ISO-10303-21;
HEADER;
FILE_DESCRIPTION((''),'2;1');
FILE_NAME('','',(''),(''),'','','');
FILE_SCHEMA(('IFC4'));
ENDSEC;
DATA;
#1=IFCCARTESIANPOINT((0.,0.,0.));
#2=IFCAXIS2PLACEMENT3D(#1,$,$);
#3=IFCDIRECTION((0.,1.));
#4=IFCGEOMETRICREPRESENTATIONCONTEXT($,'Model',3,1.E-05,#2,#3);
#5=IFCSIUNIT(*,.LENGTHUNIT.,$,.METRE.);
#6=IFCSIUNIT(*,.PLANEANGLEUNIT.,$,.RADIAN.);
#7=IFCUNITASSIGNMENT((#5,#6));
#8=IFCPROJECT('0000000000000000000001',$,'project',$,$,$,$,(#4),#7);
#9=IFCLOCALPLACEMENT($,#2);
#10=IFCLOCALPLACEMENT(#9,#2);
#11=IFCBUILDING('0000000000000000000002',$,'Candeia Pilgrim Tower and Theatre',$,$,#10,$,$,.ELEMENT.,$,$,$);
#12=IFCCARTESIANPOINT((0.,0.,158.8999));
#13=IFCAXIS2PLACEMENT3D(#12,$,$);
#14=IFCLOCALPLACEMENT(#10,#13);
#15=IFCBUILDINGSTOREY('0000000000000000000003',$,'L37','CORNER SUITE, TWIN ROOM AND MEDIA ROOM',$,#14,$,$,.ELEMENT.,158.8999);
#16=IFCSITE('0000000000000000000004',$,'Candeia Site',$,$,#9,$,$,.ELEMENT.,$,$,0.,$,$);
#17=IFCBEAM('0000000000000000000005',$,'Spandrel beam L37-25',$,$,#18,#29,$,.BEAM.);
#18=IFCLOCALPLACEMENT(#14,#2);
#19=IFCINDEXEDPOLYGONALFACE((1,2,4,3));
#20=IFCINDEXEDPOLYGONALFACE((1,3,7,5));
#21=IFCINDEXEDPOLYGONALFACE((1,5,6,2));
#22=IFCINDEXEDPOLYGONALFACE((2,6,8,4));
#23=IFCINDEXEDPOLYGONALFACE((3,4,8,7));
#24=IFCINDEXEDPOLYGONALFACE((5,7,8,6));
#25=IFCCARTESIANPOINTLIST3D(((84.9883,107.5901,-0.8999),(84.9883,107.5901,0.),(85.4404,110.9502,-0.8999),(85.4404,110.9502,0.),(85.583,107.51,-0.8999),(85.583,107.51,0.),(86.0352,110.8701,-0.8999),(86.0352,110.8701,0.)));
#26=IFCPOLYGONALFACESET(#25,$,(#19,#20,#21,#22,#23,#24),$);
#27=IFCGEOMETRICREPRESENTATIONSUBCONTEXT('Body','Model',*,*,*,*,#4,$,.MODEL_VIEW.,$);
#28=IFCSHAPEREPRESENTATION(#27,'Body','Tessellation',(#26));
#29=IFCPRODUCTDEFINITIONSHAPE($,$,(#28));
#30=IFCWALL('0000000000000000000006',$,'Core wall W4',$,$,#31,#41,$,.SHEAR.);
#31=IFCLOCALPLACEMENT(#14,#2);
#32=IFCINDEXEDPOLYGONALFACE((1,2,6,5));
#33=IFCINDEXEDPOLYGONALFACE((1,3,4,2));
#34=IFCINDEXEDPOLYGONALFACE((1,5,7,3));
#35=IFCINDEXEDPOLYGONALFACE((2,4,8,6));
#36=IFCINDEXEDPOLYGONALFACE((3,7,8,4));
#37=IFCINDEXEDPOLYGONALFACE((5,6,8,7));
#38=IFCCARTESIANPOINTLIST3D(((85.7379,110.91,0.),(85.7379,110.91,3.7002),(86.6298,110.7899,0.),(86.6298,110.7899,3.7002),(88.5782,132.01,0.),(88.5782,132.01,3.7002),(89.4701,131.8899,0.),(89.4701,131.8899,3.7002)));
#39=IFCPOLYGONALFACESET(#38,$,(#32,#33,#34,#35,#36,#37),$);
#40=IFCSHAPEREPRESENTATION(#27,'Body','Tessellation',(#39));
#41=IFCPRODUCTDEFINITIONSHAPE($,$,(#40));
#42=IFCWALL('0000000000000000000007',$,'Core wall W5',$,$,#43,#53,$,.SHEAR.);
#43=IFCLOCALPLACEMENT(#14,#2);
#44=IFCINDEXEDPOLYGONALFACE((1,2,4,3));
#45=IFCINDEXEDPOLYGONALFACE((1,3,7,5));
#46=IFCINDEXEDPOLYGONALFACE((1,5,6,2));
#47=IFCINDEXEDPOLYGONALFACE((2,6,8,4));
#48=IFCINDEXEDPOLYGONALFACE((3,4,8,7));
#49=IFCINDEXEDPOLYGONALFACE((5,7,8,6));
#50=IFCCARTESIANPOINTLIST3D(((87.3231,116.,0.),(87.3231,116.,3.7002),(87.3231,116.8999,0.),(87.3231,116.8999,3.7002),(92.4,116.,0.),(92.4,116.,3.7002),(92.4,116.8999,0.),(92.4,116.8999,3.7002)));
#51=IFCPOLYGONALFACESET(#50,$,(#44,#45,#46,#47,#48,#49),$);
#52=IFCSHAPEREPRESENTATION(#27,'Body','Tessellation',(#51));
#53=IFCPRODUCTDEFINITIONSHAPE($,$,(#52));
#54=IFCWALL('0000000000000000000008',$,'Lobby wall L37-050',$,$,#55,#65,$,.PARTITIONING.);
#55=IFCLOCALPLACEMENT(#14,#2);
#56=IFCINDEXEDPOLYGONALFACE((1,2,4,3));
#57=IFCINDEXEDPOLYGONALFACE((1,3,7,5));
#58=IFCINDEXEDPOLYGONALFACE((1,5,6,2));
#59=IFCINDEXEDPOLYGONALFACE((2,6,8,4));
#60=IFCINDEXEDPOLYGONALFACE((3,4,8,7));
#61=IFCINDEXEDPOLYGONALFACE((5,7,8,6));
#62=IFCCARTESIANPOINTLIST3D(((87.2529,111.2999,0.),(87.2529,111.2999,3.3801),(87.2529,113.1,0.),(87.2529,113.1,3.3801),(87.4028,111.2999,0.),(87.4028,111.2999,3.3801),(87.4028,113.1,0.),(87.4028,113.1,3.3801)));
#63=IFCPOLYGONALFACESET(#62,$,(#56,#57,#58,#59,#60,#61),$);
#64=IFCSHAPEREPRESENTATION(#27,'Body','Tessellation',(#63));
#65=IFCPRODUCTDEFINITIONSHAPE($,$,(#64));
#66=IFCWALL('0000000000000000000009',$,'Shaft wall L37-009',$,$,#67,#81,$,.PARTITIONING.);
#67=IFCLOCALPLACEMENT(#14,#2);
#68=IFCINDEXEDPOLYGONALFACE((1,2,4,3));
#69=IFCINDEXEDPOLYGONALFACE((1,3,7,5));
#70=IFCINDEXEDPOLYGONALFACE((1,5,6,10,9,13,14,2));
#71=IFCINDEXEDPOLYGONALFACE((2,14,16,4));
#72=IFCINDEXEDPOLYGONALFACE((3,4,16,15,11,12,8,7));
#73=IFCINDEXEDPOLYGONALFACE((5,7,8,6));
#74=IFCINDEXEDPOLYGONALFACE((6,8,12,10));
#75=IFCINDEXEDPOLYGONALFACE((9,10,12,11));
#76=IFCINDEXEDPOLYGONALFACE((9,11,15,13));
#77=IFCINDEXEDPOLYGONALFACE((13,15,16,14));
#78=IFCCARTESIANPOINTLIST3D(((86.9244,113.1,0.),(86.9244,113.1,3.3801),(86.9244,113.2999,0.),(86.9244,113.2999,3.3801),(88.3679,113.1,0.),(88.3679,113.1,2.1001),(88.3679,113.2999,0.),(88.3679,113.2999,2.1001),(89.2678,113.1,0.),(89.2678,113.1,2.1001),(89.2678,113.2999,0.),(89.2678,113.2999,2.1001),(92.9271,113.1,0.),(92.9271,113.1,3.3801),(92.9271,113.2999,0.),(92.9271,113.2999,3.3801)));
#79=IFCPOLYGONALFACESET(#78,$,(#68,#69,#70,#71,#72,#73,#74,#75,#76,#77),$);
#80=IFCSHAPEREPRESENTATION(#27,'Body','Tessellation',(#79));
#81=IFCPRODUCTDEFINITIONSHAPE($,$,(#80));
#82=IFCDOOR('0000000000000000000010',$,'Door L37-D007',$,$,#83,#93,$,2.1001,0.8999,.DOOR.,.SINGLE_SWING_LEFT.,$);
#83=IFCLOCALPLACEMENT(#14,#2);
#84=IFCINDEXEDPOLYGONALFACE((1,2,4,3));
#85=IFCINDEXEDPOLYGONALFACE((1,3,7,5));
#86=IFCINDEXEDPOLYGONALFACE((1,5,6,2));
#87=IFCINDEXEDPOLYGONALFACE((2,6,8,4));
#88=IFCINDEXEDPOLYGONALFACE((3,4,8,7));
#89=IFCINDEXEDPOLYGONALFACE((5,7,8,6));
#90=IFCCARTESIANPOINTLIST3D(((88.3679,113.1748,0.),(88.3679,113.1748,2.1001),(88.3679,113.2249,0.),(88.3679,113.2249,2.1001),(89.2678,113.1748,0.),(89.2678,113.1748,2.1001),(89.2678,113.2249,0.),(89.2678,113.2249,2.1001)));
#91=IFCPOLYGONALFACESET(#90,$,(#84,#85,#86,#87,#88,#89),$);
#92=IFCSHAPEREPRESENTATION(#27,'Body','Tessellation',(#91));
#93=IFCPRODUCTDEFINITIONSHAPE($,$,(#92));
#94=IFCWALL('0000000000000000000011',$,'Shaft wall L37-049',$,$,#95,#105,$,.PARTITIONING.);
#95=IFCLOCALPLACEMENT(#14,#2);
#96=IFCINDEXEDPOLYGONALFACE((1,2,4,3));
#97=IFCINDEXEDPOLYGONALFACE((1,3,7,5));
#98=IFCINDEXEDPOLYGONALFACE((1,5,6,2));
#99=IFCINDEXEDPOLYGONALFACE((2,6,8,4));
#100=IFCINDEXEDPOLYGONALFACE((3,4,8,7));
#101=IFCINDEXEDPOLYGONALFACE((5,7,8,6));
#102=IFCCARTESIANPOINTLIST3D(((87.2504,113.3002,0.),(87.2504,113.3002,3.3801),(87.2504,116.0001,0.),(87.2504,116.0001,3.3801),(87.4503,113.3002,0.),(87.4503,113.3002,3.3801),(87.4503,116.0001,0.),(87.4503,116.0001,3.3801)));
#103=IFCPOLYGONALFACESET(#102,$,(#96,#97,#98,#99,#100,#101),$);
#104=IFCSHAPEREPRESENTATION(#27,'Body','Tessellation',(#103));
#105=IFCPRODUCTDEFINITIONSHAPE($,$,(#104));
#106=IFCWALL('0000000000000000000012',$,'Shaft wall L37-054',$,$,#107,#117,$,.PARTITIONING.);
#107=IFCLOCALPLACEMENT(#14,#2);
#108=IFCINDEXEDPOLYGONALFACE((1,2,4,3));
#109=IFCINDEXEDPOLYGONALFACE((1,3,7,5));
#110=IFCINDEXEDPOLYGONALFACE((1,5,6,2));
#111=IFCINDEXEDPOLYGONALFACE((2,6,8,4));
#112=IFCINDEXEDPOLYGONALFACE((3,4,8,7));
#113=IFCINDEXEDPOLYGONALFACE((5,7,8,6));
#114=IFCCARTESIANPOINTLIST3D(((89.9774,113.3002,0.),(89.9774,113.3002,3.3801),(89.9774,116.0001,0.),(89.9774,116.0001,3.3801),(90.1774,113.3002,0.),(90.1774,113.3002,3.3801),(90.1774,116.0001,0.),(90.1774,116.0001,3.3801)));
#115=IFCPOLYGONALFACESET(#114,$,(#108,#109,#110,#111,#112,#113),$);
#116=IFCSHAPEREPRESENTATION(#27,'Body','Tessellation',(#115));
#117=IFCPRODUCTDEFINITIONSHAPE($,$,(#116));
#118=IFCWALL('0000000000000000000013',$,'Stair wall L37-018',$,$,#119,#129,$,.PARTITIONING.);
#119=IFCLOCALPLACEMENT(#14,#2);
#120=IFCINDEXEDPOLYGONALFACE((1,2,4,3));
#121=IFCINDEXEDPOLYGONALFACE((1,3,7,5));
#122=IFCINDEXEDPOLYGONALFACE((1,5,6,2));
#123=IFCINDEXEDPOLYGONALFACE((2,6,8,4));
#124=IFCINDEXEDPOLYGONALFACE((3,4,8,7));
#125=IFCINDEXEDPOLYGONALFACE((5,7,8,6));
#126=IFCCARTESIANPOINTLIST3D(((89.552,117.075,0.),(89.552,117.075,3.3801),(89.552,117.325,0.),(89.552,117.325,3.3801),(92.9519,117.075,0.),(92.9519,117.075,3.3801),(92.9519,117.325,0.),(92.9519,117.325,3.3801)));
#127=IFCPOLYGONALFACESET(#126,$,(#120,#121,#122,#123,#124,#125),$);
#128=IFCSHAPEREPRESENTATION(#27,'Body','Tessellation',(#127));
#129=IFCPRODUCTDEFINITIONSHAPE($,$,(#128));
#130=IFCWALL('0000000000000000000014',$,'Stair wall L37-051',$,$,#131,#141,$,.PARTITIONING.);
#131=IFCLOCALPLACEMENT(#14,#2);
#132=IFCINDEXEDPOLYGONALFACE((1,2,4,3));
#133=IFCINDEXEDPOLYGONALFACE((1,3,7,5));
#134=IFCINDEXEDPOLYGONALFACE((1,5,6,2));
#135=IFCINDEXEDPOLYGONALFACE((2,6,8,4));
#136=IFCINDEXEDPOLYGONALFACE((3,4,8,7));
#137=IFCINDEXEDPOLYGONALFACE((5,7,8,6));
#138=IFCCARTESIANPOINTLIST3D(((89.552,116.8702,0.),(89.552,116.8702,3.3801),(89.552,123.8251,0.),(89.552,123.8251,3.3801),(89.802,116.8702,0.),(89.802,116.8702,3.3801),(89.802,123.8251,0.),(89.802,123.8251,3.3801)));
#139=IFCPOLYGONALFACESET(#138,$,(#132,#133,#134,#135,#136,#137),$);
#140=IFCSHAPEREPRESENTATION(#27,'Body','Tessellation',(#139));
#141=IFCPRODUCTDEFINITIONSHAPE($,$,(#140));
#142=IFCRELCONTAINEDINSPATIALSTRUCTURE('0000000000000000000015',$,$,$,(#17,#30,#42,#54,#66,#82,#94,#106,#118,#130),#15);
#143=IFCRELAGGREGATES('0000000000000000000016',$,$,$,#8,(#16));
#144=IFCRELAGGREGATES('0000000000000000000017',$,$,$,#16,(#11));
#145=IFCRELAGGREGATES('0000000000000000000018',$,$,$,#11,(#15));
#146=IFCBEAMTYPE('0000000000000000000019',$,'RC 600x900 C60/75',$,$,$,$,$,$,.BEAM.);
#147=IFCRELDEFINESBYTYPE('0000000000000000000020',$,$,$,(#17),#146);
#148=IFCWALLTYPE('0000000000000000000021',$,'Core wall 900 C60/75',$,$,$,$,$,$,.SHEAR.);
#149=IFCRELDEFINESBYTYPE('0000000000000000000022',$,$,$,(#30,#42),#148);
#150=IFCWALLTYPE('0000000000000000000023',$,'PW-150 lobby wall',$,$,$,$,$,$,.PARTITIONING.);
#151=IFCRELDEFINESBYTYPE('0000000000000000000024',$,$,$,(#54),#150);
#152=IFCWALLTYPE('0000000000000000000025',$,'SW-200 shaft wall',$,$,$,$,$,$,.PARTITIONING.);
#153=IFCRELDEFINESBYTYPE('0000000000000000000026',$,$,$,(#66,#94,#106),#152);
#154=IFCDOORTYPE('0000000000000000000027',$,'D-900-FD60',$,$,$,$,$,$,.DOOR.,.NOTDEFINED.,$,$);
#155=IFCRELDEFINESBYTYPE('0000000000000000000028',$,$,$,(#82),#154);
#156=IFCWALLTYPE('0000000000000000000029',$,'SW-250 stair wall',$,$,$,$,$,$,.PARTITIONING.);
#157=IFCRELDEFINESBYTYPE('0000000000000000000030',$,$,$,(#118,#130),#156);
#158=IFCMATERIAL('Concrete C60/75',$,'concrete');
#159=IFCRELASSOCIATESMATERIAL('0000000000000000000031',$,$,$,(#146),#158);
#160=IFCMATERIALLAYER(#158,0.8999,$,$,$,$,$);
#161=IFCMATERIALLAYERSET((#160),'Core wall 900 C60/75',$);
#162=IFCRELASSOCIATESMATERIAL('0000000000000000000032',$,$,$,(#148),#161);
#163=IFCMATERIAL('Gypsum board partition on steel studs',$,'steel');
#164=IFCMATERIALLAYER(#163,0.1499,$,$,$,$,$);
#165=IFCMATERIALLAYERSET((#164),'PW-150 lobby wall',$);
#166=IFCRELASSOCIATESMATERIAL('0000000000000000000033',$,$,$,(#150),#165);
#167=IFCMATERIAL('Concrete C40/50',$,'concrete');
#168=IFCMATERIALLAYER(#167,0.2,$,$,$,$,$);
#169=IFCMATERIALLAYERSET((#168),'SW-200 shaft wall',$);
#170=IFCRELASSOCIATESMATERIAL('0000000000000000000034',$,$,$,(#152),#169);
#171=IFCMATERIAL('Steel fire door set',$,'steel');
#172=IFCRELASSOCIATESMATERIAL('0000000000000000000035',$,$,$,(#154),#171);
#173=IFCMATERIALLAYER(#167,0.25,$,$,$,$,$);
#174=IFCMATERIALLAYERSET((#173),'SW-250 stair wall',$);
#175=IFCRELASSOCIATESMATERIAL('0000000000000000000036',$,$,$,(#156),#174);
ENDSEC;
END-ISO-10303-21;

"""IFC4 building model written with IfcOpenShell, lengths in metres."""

from ifc_helpers import new_model, si_unit, direction, frame, frame_2d, origin, origin_2d, place, context, subcontext, project, spatial, rectangle, extrude, material, layer, layer_set, material_profile, profile_set, type_object, element, fill, save


model = new_model("IFC4")

# Units and contexts
model_context = context("Model", 3, precision=1e-05, world=origin(), true_north=direction((0.0, 1.0)))
body_context = subcontext(model_context, "Body", "Model", "MODEL_VIEW")
ifc_project = project(units=[si_unit("LENGTHUNIT", "METRE"), si_unit("PLANEANGLEUNIT", "RADIAN")], contexts=[model_context])

# Site, building, storey
site_placement = place(None, origin())
site = spatial("IfcSite", under=ifc_project, at=site_placement, Name="Candeia Site", CompositionType="ELEMENT", RefElevation=0.0)
building_placement = place(site_placement, origin())
building = spatial("IfcBuilding", under=site, at=building_placement, Name="Candeia Pilgrim Tower and Theatre", CompositionType="ELEMENT")
storey_placement = place(building_placement, frame((0.0, 0.0, 158.8999)))
storey = spatial("IfcBuildingStorey", under=building, at=storey_placement, Name="L37", Description="CORNER SUITE, TWIN ROOM AND MEDIA ROOM", CompositionType="ELEMENT", Elevation=158.8999)

# Beam
ifc_material_1 = material(Name="Concrete C60/75", Category="concrete")
ifc_material_profile = material_profile(ifc_material_1, rectangle(XDim=0.6001, YDim=0.8999, at=origin_2d()))
ifc_profile_set = profile_set([ifc_material_profile], Name="Concrete C60/75")
beam_type = type_object("IfcBeamType", Name="RC 600x900 C60/75", PredefinedType="BEAM", material=ifc_profile_set)
beam_placement = place(storey_placement, frame((85.7378, 110.9102, -0.45), z_axis=(-0.133362, -0.991067, 0.0), x_axis=(0.991067, -0.133362, 0.0)))
element("IfcBeam", 1, at=beam_placement, inside=storey, type_object=beam_type, Name="Spandrel beam L37-25", PredefinedType="BEAM", context=body_context, shape_type="SweptSolid", body=[
    extrude(rectangle(XDim=0.6001, YDim=0.8999, at=origin_2d()), origin(), (0.0, 0.0, 1.0), 3.3904),
])

# Walls
ifc_layer_1 = layer(ifc_material_1, 0.8999)
ifc_layer_set_1 = layer_set([ifc_layer_1], Name="Core wall 900 C60/75")
wall_type_1 = type_object("IfcWallType", Name="Core wall 900 C60/75", PredefinedType="SHEAR", material=ifc_layer_set_1)
wall_1_placement = place(storey_placement, frame((86.1838, 110.8501, 0.0), z_axis=(0.0, 0.0, 1.0), x_axis=(0.13341, 0.991061, 0.0)))
element("IfcWall", 2, at=wall_1_placement, inside=storey, type_object=wall_type_1, Name="Core wall W4", PredefinedType="SHEAR", context=body_context, shape_type="SweptSolid", body=[
    extrude(rectangle(XDim=21.2903, YDim=0.8999, at=frame_2d((10.645, 0.0))), origin(), (0.0, 0.0, 1.0), 3.7002),
])
wall_2_placement = place(storey_placement, frame((87.323, 116.45, 0.0), z_axis=(0.0, 0.0, 1.0), x_axis=(1.0, 0.0, 0.0)))
element("IfcWall", 3, at=wall_2_placement, inside=storey, type_object=wall_type_1, Name="Core wall W5", PredefinedType="SHEAR", context=body_context, shape_type="SweptSolid", body=[
    extrude(rectangle(XDim=5.0769, YDim=0.8999, at=frame_2d((2.5386, 0.0))), origin(), (0.0, 0.0, 1.0), 3.7002),
])
ifc_material_2 = material(Name="Gypsum board partition on steel studs", Category="steel")
ifc_layer_2 = layer(ifc_material_2, 0.1499)
ifc_layer_set_2 = layer_set([ifc_layer_2], Name="PW-150 lobby wall")
wall_type_2 = type_object("IfcWallType", Name="PW-150 lobby wall", PredefinedType="PARTITIONING", material=ifc_layer_set_2)
wall_3_placement = place(storey_placement, frame((87.3279, 111.3, 0.0), z_axis=(0.0, 0.0, 1.0), x_axis=(0.0, 1.0, 0.0)))
element("IfcWall", 4, at=wall_3_placement, inside=storey, type_object=wall_type_2, Name="Lobby wall L37-050", PredefinedType="PARTITIONING", context=body_context, shape_type="SweptSolid", body=[
    extrude(rectangle(XDim=1.8, YDim=0.1499, at=frame_2d((0.8999, 0.0))), origin(), (0.0, 0.0, 1.0), 3.3801),
])

# Wall, opening, door
ifc_material_3 = material(Name="Concrete C40/50", Category="concrete")
ifc_layer_3 = layer(ifc_material_3, 0.2)
ifc_layer_set_3 = layer_set([ifc_layer_3], Name="SW-200 shaft wall")
wall_type_3 = type_object("IfcWallType", Name="SW-200 shaft wall", PredefinedType="PARTITIONING", material=ifc_layer_set_3)
wall_4_placement = place(storey_placement, frame((86.9243, 113.2, 0.0), z_axis=(0.0, 0.0, 1.0), x_axis=(1.0, 0.0, 0.0)))
wall_4 = element("IfcWall", 5, at=wall_4_placement, inside=storey, type_object=wall_type_3, Name="Shaft wall L37-009", PredefinedType="PARTITIONING", context=body_context, shape_type="SweptSolid", body=[
    extrude(rectangle(XDim=6.0027, YDim=0.2, at=frame_2d((3.0015, 0.0))), origin(), (0.0, 0.0, 1.0), 3.3801),
])
opening_placement = place(wall_4_placement, frame((1.4436, 0.0, 0.0)))
opening = element("IfcOpeningElement", 6, at=opening_placement, cuts=wall_4, PredefinedType="OPENING", context=body_context, shape_type="SweptSolid", body=[
    extrude(rectangle(XDim=0.8999, YDim=2.1001, at=frame_2d((0.45, 1.05))), frame((0.0, 0.1099, 0.0), z_axis=(0.0, -1.0, 0.0), x_axis=(1.0, 0.0, 0.0)), (0.0, 0.0, 1.0), 0.22),
])
ifc_material_4 = material(Name="Steel fire door set", Category="steel")
door_type = type_object("IfcDoorType", Name="D-900-FD60", OperationType="NOTDEFINED", PredefinedType="DOOR", material=ifc_material_4)
door_placement = place(opening_placement, origin())
door = element("IfcDoor", 7, at=door_placement, inside=storey, type_object=door_type, Name="Door L37-D007", OperationType="SINGLE_SWING_LEFT", OverallHeight=2.1001, OverallWidth=0.8999, PredefinedType="DOOR", context=body_context, shape_type="SweptSolid", body=[
    extrude(rectangle(XDim=0.8999, YDim=2.1001, at=frame_2d((0.45, 1.05))), frame((0.0, 0.0249, 0.0), z_axis=(0.0, -1.0, 0.0), x_axis=(1.0, 0.0, 0.0)), (0.0, 0.0, 1.0), 0.05),
])
fill(opening, door)

# Walls
for number, where, z_axis, x_axis, name in (
    (8, (87.3503, 113.3, 0.0), (0.0, 0.0, 1.0), (0.0, 1.0, 0.0), "Shaft wall L37-049"),
    (9, (90.0774, 113.3, 0.0), (0.0, 0.0, 1.0), (0.0, 1.0, 0.0), "Shaft wall L37-054"),
):
    element("IfcWall", number, at=place(storey_placement, frame(where, z_axis=z_axis, x_axis=x_axis)), inside=storey, type_object=wall_type_3, Name=name, PredefinedType="PARTITIONING", context=body_context, shape_type="SweptSolid", body=[
        extrude(rectangle(XDim=2.7, YDim=0.2, at=frame_2d((1.3501, 0.0))), origin(), (0.0, 0.0, 1.0), 3.3801),
    ])
ifc_layer_4 = layer(ifc_material_3, 0.25)
ifc_layer_set_4 = layer_set([ifc_layer_4], Name="SW-250 stair wall")
wall_type_4 = type_object("IfcWallType", Name="SW-250 stair wall", PredefinedType="PARTITIONING", material=ifc_layer_set_4)
wall_5_placement = place(storey_placement, frame((89.552, 117.2, 0.0), z_axis=(0.0, 0.0, 1.0), x_axis=(1.0, 0.0, 0.0)))
element("IfcWall", 10, at=wall_5_placement, inside=storey, type_object=wall_type_4, Name="Stair wall L37-018", PredefinedType="PARTITIONING", context=body_context, shape_type="SweptSolid", body=[
    extrude(rectangle(XDim=3.3999, YDim=0.25, at=frame_2d((1.7, 0.0))), origin(), (0.0, 0.0, 1.0), 3.3801),
])
wall_6_placement = place(storey_placement, frame((89.677, 116.8701, 0.0), z_axis=(0.0, 0.0, 1.0), x_axis=(0.0, 1.0, 0.0)))
element("IfcWall", 11, at=wall_6_placement, inside=storey, type_object=wall_type_4, Name="Stair wall L37-051", PredefinedType="PARTITIONING", context=body_context, shape_type="SweptSolid", body=[
    extrude(rectangle(XDim=6.9548, YDim=0.25, at=frame_2d((3.4775, 0.0))), origin(), (0.0, 0.0, 1.0), 3.3801),
])

save(model, "model.ifc")
